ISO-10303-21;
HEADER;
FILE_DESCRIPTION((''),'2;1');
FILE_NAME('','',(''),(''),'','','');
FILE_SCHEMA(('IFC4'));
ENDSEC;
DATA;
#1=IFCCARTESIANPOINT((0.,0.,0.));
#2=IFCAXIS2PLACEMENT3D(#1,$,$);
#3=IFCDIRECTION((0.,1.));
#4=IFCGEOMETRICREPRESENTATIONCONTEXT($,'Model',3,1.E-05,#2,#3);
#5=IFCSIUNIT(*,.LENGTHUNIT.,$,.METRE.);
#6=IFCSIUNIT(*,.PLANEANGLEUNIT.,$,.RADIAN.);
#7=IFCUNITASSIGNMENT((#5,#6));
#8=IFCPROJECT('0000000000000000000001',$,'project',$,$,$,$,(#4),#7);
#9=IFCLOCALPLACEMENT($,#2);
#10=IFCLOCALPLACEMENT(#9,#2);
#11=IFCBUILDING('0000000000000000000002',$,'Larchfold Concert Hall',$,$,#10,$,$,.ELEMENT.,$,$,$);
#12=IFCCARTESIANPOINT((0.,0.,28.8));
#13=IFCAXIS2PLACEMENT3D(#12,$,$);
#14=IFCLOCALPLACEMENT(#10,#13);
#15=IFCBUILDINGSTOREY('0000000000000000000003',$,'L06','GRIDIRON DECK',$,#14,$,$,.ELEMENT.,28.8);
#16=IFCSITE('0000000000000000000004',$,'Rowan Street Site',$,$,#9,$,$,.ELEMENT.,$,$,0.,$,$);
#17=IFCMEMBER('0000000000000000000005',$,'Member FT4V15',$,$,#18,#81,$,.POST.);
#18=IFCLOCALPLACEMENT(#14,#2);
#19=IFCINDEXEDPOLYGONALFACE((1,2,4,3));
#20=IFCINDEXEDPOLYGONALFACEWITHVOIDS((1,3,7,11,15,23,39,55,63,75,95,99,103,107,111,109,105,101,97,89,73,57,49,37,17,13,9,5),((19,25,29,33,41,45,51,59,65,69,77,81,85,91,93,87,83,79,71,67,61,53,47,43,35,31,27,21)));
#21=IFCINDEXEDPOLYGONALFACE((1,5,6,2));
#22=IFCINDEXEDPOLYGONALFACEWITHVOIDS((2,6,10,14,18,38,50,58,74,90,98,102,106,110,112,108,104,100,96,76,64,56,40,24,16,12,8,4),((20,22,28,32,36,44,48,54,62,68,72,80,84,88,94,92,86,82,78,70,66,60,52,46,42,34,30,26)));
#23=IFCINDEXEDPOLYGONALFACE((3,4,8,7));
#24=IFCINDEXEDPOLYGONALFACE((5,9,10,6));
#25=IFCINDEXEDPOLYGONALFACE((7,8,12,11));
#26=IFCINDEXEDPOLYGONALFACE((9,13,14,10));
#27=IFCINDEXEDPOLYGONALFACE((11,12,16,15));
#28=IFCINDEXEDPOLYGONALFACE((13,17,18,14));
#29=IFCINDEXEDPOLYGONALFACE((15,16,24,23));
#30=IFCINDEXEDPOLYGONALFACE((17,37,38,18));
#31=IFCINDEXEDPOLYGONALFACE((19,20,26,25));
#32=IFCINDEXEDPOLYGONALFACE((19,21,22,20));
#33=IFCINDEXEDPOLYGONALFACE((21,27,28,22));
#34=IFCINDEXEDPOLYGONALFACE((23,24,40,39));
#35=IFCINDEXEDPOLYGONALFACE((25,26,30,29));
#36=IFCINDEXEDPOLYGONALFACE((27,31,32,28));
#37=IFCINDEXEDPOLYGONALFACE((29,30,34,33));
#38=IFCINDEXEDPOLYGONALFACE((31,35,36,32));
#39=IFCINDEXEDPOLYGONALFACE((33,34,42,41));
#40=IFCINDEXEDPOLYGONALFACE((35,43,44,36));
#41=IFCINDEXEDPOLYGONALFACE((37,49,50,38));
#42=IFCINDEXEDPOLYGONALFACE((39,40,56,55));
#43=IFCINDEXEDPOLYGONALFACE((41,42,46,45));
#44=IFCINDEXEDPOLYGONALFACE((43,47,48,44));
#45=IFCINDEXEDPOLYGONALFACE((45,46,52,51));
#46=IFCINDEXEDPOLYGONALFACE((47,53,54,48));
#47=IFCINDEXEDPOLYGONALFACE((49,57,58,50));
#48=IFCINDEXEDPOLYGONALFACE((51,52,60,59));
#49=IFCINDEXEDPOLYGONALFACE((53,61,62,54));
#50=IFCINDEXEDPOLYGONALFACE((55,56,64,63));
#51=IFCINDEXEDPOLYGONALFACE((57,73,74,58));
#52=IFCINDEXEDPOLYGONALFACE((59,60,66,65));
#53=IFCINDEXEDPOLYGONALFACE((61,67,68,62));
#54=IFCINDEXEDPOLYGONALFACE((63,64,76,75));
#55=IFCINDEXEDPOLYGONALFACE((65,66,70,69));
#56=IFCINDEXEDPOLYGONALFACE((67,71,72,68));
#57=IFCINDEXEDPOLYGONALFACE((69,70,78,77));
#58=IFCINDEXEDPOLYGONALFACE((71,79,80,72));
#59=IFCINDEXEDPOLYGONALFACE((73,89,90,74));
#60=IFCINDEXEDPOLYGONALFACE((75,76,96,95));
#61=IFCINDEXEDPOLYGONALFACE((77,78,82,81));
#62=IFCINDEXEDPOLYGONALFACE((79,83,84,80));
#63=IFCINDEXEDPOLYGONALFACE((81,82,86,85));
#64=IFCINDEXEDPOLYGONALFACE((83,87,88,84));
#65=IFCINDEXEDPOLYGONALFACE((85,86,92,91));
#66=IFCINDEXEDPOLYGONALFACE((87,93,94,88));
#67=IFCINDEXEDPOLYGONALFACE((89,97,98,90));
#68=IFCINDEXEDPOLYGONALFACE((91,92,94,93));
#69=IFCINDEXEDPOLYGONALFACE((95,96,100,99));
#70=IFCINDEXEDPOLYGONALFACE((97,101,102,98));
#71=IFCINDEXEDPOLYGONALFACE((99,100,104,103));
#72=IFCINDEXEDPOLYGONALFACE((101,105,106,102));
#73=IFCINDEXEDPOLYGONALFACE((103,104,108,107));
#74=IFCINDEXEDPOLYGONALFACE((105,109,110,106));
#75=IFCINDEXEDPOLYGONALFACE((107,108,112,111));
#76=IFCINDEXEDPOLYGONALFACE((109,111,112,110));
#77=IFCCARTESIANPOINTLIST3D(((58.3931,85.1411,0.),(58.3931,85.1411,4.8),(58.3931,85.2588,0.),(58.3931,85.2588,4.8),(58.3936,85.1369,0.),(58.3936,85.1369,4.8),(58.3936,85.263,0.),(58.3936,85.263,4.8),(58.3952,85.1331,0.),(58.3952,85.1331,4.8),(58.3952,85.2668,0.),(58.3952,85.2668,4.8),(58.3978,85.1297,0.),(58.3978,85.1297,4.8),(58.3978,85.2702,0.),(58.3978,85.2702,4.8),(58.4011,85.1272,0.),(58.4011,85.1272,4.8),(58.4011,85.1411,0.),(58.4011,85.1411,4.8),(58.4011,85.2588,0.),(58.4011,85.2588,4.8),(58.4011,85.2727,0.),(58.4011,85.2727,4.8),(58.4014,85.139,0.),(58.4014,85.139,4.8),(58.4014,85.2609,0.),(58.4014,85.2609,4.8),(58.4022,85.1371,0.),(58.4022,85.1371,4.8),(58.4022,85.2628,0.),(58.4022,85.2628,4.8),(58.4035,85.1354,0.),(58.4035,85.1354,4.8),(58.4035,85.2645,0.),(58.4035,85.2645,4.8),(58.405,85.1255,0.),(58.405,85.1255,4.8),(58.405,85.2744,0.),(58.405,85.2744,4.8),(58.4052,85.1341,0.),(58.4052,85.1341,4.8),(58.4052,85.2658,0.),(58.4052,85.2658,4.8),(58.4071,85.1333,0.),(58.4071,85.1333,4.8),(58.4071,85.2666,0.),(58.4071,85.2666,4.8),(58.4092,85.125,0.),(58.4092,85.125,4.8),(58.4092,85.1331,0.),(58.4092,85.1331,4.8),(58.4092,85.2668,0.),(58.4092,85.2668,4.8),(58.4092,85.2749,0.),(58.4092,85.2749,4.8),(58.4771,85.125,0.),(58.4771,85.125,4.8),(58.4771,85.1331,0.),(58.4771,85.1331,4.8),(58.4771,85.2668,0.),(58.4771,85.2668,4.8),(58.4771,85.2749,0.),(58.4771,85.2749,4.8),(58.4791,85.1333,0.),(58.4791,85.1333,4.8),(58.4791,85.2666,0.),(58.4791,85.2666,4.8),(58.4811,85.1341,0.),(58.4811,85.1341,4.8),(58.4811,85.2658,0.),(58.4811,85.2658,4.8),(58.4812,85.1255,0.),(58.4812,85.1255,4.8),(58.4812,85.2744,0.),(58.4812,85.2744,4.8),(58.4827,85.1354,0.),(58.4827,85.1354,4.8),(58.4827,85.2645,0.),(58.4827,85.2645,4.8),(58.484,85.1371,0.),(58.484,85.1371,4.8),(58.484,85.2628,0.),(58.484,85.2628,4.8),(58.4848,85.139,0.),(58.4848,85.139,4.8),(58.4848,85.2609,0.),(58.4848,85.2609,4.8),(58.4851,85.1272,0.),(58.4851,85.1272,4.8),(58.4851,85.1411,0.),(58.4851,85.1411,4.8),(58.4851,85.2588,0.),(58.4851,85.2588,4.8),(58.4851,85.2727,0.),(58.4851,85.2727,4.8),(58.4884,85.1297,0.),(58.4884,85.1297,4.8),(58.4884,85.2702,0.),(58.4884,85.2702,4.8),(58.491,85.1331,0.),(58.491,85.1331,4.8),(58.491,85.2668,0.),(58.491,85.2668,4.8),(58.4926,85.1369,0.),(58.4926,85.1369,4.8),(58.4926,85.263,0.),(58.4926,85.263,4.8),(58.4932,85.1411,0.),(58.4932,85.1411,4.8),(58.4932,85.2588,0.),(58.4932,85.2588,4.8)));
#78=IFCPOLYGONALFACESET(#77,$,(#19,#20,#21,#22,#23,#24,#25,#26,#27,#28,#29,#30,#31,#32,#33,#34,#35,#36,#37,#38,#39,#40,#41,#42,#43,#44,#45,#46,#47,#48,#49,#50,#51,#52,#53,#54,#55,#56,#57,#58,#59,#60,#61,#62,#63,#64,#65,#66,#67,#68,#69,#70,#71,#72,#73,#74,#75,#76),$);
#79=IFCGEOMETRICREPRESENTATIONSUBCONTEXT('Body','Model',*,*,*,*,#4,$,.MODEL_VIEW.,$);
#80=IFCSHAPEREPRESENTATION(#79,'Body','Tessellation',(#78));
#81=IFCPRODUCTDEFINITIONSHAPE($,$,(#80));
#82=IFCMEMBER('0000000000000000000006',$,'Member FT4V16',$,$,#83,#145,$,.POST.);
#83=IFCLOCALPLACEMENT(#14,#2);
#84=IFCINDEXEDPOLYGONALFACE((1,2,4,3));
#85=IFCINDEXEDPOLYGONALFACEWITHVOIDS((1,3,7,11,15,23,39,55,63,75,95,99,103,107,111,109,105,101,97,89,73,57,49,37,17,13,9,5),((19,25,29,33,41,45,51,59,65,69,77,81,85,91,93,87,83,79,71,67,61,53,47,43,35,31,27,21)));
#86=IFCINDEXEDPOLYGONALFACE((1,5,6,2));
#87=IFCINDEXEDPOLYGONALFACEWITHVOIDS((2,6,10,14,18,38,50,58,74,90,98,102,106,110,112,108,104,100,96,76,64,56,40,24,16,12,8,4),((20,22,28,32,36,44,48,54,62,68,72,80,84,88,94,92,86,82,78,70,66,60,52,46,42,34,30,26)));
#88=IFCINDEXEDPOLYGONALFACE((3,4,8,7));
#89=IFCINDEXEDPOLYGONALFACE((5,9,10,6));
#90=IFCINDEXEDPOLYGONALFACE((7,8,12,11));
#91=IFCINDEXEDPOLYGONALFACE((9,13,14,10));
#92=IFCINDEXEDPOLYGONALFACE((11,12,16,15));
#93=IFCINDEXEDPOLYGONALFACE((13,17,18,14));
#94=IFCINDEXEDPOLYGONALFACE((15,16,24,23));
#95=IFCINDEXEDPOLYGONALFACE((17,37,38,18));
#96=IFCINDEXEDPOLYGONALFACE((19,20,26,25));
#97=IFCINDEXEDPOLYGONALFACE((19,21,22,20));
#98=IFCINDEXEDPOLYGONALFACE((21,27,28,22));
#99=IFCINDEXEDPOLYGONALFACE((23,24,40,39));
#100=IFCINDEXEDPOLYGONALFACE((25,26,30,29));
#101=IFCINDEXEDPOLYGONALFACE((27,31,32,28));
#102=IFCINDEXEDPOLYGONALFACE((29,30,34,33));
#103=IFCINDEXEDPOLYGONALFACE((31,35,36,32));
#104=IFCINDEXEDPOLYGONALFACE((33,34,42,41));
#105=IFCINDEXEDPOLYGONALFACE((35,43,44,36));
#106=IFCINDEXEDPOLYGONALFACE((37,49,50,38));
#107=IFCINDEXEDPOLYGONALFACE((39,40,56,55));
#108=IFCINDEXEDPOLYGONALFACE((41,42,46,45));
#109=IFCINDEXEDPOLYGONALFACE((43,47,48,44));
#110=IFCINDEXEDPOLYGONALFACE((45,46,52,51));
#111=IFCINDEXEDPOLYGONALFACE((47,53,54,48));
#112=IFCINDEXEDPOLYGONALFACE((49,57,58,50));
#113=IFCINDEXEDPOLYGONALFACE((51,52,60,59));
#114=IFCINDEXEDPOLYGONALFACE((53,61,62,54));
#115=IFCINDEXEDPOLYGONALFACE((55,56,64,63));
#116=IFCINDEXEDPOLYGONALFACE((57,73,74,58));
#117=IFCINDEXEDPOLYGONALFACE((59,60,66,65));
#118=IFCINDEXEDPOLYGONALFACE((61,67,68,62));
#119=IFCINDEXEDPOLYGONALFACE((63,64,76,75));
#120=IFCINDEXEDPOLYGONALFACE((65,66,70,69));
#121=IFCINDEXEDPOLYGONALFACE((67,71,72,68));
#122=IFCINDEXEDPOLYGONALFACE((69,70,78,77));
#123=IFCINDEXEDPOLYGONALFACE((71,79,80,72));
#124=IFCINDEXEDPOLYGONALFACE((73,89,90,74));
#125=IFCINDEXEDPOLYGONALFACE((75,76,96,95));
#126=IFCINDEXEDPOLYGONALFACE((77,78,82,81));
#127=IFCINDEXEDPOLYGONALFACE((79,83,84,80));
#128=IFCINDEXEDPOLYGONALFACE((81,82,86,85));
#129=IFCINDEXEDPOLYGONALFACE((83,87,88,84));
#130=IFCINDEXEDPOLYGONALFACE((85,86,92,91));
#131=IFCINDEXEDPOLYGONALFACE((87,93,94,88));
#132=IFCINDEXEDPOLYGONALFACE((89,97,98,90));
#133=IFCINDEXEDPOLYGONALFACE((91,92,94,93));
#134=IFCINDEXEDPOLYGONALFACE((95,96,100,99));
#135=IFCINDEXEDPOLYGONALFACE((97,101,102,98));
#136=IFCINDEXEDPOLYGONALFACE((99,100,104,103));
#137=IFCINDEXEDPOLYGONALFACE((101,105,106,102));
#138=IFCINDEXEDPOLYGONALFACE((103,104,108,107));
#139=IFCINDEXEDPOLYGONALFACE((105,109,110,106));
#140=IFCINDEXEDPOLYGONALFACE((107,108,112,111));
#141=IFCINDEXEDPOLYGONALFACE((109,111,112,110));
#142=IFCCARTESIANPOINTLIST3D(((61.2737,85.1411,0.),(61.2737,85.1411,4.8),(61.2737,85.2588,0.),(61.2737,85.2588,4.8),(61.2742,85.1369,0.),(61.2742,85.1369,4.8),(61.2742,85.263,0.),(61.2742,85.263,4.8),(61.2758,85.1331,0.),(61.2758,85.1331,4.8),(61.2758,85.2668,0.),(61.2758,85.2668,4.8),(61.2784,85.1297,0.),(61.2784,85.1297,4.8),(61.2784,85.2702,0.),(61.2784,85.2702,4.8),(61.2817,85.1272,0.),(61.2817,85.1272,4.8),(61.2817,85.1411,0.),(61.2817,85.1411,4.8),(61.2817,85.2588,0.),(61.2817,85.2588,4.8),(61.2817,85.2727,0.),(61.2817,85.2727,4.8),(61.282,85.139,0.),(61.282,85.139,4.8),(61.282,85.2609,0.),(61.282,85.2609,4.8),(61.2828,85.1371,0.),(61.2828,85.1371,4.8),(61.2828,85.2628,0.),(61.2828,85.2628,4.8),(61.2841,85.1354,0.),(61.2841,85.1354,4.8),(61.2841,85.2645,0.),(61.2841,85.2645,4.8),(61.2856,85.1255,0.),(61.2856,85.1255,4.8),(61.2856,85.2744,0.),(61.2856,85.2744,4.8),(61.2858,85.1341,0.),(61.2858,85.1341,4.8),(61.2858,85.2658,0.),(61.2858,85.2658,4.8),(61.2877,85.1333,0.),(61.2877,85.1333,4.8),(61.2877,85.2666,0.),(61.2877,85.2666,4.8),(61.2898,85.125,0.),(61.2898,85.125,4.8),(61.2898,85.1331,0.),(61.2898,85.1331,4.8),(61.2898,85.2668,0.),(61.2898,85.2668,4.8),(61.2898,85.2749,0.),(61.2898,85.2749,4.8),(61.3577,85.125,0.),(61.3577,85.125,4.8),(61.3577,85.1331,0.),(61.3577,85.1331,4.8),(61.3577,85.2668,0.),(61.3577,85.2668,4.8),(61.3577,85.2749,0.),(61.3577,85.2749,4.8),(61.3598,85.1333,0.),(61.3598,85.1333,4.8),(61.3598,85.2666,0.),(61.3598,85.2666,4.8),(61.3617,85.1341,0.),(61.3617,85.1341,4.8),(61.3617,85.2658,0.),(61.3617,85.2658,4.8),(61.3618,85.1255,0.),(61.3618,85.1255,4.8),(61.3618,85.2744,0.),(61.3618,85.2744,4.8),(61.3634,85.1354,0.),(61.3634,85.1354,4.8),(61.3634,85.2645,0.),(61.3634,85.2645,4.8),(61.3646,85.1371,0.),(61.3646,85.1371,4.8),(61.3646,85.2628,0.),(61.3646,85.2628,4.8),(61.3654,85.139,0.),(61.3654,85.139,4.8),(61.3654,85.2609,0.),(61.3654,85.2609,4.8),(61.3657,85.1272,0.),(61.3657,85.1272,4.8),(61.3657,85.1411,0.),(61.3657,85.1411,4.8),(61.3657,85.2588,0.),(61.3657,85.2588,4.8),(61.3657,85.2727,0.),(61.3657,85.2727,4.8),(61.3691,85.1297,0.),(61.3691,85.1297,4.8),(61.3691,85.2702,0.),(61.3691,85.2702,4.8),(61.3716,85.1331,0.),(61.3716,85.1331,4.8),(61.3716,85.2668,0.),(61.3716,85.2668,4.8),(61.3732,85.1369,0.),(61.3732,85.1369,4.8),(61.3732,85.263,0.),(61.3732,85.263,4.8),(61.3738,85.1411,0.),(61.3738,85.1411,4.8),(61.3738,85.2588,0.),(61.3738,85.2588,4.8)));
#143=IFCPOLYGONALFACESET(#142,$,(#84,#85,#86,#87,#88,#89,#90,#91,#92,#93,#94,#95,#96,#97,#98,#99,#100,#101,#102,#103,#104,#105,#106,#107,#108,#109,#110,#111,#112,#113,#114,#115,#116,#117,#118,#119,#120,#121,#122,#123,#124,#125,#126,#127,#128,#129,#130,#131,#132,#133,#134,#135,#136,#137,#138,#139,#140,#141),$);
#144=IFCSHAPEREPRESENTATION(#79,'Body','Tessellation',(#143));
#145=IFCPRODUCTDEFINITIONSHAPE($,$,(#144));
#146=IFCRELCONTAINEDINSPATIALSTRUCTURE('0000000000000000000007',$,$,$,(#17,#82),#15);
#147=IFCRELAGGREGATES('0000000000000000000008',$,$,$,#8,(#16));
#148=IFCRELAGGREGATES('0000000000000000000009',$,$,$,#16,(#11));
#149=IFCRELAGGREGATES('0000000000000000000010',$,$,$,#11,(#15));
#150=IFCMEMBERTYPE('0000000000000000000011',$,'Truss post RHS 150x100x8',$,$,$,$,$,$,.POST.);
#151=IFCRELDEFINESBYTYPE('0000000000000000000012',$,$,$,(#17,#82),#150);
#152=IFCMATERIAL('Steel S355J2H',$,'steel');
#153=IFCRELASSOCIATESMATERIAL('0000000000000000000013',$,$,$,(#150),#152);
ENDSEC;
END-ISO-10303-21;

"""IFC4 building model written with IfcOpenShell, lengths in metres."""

from ifc_helpers import new_model, si_unit, direction, frame, origin, origin_2d, place, context, subcontext, project, spatial, hollow_rectangle, extrude, material, material_profile, profile_set, type_object, element, save


model = new_model("IFC4")

# Units and contexts
model_context = context("Model", 3, precision=1e-05, world=origin(), true_north=direction((0.0, 1.0)))
body_context = subcontext(model_context, "Body", "Model", "MODEL_VIEW")
ifc_project = project(units=[si_unit("LENGTHUNIT", "METRE"), si_unit("PLANEANGLEUNIT", "RADIAN")], contexts=[model_context])

# Site, building, storey
site_placement = place(None, origin())
site = spatial("IfcSite", under=ifc_project, at=site_placement, Name="Rowan Street Site", CompositionType="ELEMENT", RefElevation=0.0)
building_placement = place(site_placement, origin())
building = spatial("IfcBuilding", under=site, at=building_placement, Name="Larchfold Concert Hall", CompositionType="ELEMENT")
storey_placement = place(building_placement, frame((0.0, 0.0, 28.8)))
storey = spatial("IfcBuildingStorey", under=building, at=storey_placement, Name="L06", Description="GRIDIRON DECK", CompositionType="ELEMENT", Elevation=28.8)

# Members
ifc_material_1 = material(Name="Steel S355J2H", Category="steel")
ifc_material_profile_1 = material_profile(ifc_material_1, hollow_rectangle(XDim=0.1001, YDim=0.1499, WallThickness=0.0081, InnerFilletRadius=0.0081, OuterFilletRadius=0.0161, at=origin_2d()))
ifc_profile_set_1 = profile_set([ifc_material_profile_1], Name="Steel S355J2H")
member_type_1 = type_object("IfcMemberType", Name="Truss post RHS 150x100x8", PredefinedType="POST", material=ifc_profile_set_1)
for number, where, z_axis, x_axis, name in (
    (1, (58.4431, 85.2, 4.8), (0.0, 0.0, -1.0), (1.0, 0.0, 0.0), "Member FT4V15"),
    (2, (61.3237, 85.2, 4.8), (0.0, 0.0, -1.0), (1.0, 0.0, 0.0), "Member FT4V16"),
):
    element("IfcMember", number, at=place(storey_placement, frame(where, z_axis=z_axis, x_axis=x_axis)), inside=storey, type_object=member_type_1, Name=name, PredefinedType="POST", context=body_context, shape_type="SweptSolid", body=[
        extrude(hollow_rectangle(XDim=0.1001, YDim=0.1499, WallThickness=0.0081, InnerFilletRadius=0.0081, OuterFilletRadius=0.0161, at=origin_2d()), origin(), (0.0, 0.0, 1.0), 4.8),
    ])

save(model, "model.ifc")
